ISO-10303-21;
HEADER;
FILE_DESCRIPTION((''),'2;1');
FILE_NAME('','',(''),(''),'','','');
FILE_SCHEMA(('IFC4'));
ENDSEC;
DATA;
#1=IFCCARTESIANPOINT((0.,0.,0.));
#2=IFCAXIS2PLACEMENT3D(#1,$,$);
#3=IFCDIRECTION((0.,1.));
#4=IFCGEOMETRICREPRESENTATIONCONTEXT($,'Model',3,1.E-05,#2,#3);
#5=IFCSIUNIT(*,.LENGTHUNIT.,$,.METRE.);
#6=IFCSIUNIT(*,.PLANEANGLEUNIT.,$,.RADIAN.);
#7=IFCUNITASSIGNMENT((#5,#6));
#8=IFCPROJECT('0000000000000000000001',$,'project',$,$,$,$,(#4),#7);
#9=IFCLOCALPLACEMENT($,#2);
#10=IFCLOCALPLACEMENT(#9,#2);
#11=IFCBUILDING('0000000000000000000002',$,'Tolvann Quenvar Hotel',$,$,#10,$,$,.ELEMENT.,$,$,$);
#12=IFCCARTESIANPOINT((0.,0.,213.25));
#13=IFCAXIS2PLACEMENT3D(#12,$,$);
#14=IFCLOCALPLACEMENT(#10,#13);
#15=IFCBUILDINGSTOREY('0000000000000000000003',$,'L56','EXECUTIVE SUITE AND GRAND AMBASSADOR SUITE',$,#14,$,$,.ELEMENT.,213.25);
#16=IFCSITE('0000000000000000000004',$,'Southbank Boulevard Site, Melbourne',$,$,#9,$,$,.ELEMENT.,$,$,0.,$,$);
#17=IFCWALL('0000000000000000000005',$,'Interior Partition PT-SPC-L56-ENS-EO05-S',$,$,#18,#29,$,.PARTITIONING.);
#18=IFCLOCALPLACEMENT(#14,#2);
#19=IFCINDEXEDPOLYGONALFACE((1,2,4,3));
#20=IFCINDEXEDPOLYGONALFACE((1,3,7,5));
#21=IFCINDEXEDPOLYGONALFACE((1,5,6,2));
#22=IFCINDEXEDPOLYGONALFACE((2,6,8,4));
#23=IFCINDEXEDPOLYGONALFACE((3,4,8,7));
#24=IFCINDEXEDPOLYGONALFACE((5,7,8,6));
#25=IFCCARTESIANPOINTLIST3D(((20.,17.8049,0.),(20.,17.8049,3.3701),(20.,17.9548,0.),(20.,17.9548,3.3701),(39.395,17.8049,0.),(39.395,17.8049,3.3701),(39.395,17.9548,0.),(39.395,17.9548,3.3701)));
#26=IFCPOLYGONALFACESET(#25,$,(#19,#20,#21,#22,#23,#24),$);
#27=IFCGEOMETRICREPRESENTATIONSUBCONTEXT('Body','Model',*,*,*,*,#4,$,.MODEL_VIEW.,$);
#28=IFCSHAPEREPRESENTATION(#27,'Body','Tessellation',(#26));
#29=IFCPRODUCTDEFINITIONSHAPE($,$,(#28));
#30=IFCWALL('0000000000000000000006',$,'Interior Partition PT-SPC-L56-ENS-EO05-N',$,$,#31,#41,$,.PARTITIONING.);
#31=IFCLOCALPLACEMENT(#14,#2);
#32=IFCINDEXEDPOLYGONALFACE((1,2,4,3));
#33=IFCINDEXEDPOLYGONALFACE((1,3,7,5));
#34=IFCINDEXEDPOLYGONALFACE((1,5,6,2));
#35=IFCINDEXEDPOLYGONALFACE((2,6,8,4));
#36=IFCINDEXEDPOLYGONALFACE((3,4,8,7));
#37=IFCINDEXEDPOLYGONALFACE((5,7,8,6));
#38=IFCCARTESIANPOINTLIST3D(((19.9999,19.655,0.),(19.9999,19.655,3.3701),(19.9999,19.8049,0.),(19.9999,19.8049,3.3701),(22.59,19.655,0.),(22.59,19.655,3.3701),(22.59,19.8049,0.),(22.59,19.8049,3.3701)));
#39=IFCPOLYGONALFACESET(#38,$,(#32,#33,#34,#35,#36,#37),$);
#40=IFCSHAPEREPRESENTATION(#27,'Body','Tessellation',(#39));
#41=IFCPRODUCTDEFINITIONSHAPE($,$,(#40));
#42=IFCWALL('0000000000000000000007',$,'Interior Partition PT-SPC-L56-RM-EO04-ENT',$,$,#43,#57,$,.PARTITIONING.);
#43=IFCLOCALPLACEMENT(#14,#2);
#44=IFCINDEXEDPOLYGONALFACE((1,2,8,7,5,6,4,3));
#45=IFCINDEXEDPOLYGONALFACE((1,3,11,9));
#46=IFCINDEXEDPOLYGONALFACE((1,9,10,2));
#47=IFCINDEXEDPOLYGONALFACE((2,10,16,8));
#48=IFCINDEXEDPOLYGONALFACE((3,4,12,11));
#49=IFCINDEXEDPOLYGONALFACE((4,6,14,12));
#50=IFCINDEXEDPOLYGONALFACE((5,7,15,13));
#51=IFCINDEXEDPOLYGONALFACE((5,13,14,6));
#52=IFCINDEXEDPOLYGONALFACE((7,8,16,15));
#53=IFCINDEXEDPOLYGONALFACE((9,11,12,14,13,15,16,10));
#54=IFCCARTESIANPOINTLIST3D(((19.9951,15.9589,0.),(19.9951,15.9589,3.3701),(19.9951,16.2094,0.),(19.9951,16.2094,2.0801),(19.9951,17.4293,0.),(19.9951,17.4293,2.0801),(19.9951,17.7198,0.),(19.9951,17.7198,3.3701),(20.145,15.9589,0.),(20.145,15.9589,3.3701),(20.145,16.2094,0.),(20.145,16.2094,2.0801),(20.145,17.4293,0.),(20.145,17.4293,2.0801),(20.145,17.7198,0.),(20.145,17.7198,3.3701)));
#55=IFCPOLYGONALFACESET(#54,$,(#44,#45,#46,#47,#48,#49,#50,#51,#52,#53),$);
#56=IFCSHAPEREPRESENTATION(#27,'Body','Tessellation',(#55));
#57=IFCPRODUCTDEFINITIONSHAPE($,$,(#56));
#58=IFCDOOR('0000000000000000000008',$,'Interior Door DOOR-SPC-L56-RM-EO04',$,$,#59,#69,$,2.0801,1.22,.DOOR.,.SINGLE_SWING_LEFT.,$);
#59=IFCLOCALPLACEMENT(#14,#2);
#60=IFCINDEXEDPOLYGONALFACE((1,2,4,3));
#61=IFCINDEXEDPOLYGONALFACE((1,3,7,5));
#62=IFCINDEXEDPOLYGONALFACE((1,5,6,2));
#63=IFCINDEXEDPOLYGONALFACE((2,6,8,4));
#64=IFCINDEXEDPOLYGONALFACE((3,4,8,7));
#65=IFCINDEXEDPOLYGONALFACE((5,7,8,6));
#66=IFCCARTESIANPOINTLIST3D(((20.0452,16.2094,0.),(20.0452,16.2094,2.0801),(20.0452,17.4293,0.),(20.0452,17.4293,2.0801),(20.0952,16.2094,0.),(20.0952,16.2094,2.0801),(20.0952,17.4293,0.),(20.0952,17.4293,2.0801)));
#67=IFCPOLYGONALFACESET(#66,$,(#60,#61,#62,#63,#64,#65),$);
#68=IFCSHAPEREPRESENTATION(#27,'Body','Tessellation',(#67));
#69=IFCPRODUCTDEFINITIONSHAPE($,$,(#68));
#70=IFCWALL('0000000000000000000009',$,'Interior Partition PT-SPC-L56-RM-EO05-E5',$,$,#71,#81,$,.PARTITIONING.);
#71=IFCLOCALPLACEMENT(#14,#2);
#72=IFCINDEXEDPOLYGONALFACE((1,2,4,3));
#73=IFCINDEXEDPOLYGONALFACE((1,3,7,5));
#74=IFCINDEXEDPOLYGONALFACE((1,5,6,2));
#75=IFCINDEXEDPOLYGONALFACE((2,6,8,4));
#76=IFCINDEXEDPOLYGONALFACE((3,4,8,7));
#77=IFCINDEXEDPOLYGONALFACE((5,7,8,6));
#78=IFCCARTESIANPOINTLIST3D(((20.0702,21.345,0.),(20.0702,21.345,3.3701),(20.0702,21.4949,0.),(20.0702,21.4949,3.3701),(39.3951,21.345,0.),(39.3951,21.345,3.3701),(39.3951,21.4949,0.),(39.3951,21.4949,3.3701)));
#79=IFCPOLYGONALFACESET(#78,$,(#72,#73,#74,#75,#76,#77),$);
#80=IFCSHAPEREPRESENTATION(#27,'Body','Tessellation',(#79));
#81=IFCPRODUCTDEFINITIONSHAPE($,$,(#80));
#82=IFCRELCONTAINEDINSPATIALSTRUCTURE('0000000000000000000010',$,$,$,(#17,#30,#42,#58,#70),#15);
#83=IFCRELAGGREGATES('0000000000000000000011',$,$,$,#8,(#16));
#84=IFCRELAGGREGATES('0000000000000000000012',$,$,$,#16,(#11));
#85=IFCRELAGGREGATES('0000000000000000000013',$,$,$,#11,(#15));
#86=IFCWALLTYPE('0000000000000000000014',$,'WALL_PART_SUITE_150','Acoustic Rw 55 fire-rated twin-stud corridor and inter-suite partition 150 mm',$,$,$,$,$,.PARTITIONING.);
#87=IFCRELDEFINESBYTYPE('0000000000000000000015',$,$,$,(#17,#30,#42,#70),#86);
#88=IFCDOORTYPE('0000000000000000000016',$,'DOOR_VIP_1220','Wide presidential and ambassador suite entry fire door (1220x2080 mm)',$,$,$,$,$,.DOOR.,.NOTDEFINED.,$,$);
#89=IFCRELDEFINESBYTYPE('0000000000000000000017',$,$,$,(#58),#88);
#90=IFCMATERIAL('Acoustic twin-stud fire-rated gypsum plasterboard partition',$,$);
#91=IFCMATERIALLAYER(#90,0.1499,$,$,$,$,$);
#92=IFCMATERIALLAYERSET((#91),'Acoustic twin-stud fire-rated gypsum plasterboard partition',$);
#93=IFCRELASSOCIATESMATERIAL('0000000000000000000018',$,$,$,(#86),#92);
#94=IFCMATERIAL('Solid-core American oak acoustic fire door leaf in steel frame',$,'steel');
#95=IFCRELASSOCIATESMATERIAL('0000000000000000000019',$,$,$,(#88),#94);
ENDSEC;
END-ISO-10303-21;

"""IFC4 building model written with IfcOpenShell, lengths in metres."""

from ifc_helpers import new_model, si_unit, direction, frame, frame_2d, origin, place, context, subcontext, project, spatial, rectangle, extrude, source, transform, mapped, material, layer, layer_set, type_object, type_shapes, element, fill, save


model = new_model("IFC4")

# Units and contexts
model_context = context("Model", 3, precision=1e-05, world=origin(), true_north=direction((0.0, 1.0)))
body_context = subcontext(model_context, "Body", "Model", "MODEL_VIEW")
ifc_project = project(units=[si_unit("LENGTHUNIT", "METRE"), si_unit("PLANEANGLEUNIT", "RADIAN")], contexts=[model_context])

# Site, building, storey
site_placement = place(None, origin())
site = spatial("IfcSite", under=ifc_project, at=site_placement, Name="Southbank Boulevard Site, Melbourne", CompositionType="ELEMENT", RefElevation=0.0)
building_placement = place(site_placement, origin())
building = spatial("IfcBuilding", under=site, at=building_placement, Name="Tolvann Quenvar Hotel", CompositionType="ELEMENT")
storey_placement = place(building_placement, frame((0.0, 0.0, 213.25)))
storey = spatial("IfcBuildingStorey", under=building, at=storey_placement, Name="L56", Description="EXECUTIVE SUITE AND GRAND AMBASSADOR SUITE", CompositionType="ELEMENT", Elevation=213.25)

# Shared definitions
ifc_material_1 = material(Name="Acoustic twin-stud fire-rated gypsum plasterboard partition")
ifc_layer_1 = layer(ifc_material_1, 0.1499)
ifc_layer_set_1 = layer_set([ifc_layer_1], Name="Acoustic twin-stud fire-rated gypsum plasterboard partition")
wall_type_1 = type_object("IfcWallType", Name="WALL_PART_SUITE_150", Description="Acoustic Rw 55 fire-rated twin-stud corridor and inter-suite partition 150 mm", PredefinedType="PARTITIONING", material=ifc_layer_set_1)
ifc_material_2 = material(Name="Solid-core American oak acoustic fire door leaf in steel frame", Category="steel")

# Walls
wall_1_placement = place(storey_placement, frame((20.0, 17.8799, 0.0), z_axis=(0.0, 0.0, 1.0), x_axis=(1.0, 0.0, 0.0)))
element("IfcWall", 1, at=wall_1_placement, inside=storey, type_object=wall_type_1, Name="Interior Partition PT-SPC-L56-ENS-EO05-S", PredefinedType="PARTITIONING", context=body_context, shape_type="SweptSolid", body=[
    extrude(rectangle(XDim=19.395, YDim=0.1499, at=frame_2d((9.6975, 0.0))), origin(), (0.0, 0.0, 1.0), 3.3701),
])
wall_2_placement = place(storey_placement, frame((20.0, 19.73, 0.0), z_axis=(0.0, 0.0, 1.0), x_axis=(1.0, 0.0, 0.0)))
element("IfcWall", 2, at=wall_2_placement, inside=storey, type_object=wall_type_1, Name="Interior Partition PT-SPC-L56-ENS-EO05-N", PredefinedType="PARTITIONING", context=body_context, shape_type="SweptSolid", body=[
    extrude(rectangle(XDim=2.5901, YDim=0.1499, at=frame_2d((1.2949, 0.0))), origin(), (0.0, 0.0, 1.0), 3.3701),
])

# Wall, opening, door
wall_3_placement = place(storey_placement, frame((20.0701, 15.959, 0.0), z_axis=(0.0, 0.0, 1.0), x_axis=(0.0, 1.0, 0.0)))
wall_3 = element("IfcWall", 3, at=wall_3_placement, inside=storey, type_object=wall_type_1, Name="Interior Partition PT-SPC-L56-RM-EO04-ENT", PredefinedType="PARTITIONING", context=body_context, shape_type="SweptSolid", body=[
    extrude(rectangle(XDim=1.761, YDim=0.1499, at=frame_2d((0.8804, 0.0))), origin(), (0.0, 0.0, 1.0), 3.3701),
])
opening_1_placement = place(wall_3_placement, frame((0.2505, 0.0, 0.0)))
opening_1 = element("IfcOpeningElement", 4, at=opening_1_placement, cuts=wall_3, PredefinedType="OPENING", context=body_context, shape_type="SweptSolid", body=[
    extrude(rectangle(XDim=1.22, YDim=2.0801, at=frame_2d((0.6099, 1.04))), frame((0.0, 0.085, 0.0), z_axis=(0.0, -1.0, 0.0), x_axis=(1.0, 0.0, 0.0)), (0.0, 0.0, 1.0), 0.1699),
])
door_type_1 = type_object("IfcDoorType", Name="DOOR_VIP_1220", Description="Wide presidential and ambassador suite entry fire door (1220x2080 mm)", OperationType="NOTDEFINED", PredefinedType="DOOR", material=ifc_material_2)
shared_shape_1 = source(origin(), body_context, "Body", "SweptSolid", [
    extrude(rectangle(XDim=1.22, YDim=2.0801, at=frame_2d((0.6099, 1.04))), frame((0.0, 0.0249, 0.0), z_axis=(0.0, -1.0, 0.0), x_axis=(1.0, 0.0, 0.0)), (0.0, 0.0, 1.0), 0.05),
])
type_shapes(door_type_1, [shared_shape_1])
door_1_placement = place(opening_1_placement, origin())
door_1 = element("IfcDoor", 5, at=door_1_placement, inside=storey, type_object=door_type_1, Name="Interior Door DOOR-SPC-L56-RM-EO04", OperationType="SINGLE_SWING_LEFT", OverallHeight=2.0801, OverallWidth=1.22, PredefinedType="DOOR", context=body_context, shape_type="MappedRepresentation", body=[
    mapped(shared_shape_1, transform((0.0, 0.0, 0.0), x_axis=(1.0, 0.0, 0.0), y_axis=(0.0, 1.0, 0.0), z_axis=(0.0, 0.0, 1.0), scale=1.0)),
])
fill(opening_1, door_1)

# Wall
wall_4_placement = place(storey_placement, frame((20.0701, 21.4199, 0.0), z_axis=(0.0, 0.0, 1.0), x_axis=(1.0, 0.0, 0.0)))
element("IfcWall", 6, at=wall_4_placement, inside=storey, type_object=wall_type_1, Name="Interior Partition PT-SPC-L56-RM-EO05-E5", PredefinedType="PARTITIONING", context=body_context, shape_type="SweptSolid", body=[
    extrude(rectangle(XDim=19.325, YDim=0.1499, at=frame_2d((9.6626, 0.0))), origin(), (0.0, 0.0, 1.0), 3.3701),
])

save(model, "model.ifc")
